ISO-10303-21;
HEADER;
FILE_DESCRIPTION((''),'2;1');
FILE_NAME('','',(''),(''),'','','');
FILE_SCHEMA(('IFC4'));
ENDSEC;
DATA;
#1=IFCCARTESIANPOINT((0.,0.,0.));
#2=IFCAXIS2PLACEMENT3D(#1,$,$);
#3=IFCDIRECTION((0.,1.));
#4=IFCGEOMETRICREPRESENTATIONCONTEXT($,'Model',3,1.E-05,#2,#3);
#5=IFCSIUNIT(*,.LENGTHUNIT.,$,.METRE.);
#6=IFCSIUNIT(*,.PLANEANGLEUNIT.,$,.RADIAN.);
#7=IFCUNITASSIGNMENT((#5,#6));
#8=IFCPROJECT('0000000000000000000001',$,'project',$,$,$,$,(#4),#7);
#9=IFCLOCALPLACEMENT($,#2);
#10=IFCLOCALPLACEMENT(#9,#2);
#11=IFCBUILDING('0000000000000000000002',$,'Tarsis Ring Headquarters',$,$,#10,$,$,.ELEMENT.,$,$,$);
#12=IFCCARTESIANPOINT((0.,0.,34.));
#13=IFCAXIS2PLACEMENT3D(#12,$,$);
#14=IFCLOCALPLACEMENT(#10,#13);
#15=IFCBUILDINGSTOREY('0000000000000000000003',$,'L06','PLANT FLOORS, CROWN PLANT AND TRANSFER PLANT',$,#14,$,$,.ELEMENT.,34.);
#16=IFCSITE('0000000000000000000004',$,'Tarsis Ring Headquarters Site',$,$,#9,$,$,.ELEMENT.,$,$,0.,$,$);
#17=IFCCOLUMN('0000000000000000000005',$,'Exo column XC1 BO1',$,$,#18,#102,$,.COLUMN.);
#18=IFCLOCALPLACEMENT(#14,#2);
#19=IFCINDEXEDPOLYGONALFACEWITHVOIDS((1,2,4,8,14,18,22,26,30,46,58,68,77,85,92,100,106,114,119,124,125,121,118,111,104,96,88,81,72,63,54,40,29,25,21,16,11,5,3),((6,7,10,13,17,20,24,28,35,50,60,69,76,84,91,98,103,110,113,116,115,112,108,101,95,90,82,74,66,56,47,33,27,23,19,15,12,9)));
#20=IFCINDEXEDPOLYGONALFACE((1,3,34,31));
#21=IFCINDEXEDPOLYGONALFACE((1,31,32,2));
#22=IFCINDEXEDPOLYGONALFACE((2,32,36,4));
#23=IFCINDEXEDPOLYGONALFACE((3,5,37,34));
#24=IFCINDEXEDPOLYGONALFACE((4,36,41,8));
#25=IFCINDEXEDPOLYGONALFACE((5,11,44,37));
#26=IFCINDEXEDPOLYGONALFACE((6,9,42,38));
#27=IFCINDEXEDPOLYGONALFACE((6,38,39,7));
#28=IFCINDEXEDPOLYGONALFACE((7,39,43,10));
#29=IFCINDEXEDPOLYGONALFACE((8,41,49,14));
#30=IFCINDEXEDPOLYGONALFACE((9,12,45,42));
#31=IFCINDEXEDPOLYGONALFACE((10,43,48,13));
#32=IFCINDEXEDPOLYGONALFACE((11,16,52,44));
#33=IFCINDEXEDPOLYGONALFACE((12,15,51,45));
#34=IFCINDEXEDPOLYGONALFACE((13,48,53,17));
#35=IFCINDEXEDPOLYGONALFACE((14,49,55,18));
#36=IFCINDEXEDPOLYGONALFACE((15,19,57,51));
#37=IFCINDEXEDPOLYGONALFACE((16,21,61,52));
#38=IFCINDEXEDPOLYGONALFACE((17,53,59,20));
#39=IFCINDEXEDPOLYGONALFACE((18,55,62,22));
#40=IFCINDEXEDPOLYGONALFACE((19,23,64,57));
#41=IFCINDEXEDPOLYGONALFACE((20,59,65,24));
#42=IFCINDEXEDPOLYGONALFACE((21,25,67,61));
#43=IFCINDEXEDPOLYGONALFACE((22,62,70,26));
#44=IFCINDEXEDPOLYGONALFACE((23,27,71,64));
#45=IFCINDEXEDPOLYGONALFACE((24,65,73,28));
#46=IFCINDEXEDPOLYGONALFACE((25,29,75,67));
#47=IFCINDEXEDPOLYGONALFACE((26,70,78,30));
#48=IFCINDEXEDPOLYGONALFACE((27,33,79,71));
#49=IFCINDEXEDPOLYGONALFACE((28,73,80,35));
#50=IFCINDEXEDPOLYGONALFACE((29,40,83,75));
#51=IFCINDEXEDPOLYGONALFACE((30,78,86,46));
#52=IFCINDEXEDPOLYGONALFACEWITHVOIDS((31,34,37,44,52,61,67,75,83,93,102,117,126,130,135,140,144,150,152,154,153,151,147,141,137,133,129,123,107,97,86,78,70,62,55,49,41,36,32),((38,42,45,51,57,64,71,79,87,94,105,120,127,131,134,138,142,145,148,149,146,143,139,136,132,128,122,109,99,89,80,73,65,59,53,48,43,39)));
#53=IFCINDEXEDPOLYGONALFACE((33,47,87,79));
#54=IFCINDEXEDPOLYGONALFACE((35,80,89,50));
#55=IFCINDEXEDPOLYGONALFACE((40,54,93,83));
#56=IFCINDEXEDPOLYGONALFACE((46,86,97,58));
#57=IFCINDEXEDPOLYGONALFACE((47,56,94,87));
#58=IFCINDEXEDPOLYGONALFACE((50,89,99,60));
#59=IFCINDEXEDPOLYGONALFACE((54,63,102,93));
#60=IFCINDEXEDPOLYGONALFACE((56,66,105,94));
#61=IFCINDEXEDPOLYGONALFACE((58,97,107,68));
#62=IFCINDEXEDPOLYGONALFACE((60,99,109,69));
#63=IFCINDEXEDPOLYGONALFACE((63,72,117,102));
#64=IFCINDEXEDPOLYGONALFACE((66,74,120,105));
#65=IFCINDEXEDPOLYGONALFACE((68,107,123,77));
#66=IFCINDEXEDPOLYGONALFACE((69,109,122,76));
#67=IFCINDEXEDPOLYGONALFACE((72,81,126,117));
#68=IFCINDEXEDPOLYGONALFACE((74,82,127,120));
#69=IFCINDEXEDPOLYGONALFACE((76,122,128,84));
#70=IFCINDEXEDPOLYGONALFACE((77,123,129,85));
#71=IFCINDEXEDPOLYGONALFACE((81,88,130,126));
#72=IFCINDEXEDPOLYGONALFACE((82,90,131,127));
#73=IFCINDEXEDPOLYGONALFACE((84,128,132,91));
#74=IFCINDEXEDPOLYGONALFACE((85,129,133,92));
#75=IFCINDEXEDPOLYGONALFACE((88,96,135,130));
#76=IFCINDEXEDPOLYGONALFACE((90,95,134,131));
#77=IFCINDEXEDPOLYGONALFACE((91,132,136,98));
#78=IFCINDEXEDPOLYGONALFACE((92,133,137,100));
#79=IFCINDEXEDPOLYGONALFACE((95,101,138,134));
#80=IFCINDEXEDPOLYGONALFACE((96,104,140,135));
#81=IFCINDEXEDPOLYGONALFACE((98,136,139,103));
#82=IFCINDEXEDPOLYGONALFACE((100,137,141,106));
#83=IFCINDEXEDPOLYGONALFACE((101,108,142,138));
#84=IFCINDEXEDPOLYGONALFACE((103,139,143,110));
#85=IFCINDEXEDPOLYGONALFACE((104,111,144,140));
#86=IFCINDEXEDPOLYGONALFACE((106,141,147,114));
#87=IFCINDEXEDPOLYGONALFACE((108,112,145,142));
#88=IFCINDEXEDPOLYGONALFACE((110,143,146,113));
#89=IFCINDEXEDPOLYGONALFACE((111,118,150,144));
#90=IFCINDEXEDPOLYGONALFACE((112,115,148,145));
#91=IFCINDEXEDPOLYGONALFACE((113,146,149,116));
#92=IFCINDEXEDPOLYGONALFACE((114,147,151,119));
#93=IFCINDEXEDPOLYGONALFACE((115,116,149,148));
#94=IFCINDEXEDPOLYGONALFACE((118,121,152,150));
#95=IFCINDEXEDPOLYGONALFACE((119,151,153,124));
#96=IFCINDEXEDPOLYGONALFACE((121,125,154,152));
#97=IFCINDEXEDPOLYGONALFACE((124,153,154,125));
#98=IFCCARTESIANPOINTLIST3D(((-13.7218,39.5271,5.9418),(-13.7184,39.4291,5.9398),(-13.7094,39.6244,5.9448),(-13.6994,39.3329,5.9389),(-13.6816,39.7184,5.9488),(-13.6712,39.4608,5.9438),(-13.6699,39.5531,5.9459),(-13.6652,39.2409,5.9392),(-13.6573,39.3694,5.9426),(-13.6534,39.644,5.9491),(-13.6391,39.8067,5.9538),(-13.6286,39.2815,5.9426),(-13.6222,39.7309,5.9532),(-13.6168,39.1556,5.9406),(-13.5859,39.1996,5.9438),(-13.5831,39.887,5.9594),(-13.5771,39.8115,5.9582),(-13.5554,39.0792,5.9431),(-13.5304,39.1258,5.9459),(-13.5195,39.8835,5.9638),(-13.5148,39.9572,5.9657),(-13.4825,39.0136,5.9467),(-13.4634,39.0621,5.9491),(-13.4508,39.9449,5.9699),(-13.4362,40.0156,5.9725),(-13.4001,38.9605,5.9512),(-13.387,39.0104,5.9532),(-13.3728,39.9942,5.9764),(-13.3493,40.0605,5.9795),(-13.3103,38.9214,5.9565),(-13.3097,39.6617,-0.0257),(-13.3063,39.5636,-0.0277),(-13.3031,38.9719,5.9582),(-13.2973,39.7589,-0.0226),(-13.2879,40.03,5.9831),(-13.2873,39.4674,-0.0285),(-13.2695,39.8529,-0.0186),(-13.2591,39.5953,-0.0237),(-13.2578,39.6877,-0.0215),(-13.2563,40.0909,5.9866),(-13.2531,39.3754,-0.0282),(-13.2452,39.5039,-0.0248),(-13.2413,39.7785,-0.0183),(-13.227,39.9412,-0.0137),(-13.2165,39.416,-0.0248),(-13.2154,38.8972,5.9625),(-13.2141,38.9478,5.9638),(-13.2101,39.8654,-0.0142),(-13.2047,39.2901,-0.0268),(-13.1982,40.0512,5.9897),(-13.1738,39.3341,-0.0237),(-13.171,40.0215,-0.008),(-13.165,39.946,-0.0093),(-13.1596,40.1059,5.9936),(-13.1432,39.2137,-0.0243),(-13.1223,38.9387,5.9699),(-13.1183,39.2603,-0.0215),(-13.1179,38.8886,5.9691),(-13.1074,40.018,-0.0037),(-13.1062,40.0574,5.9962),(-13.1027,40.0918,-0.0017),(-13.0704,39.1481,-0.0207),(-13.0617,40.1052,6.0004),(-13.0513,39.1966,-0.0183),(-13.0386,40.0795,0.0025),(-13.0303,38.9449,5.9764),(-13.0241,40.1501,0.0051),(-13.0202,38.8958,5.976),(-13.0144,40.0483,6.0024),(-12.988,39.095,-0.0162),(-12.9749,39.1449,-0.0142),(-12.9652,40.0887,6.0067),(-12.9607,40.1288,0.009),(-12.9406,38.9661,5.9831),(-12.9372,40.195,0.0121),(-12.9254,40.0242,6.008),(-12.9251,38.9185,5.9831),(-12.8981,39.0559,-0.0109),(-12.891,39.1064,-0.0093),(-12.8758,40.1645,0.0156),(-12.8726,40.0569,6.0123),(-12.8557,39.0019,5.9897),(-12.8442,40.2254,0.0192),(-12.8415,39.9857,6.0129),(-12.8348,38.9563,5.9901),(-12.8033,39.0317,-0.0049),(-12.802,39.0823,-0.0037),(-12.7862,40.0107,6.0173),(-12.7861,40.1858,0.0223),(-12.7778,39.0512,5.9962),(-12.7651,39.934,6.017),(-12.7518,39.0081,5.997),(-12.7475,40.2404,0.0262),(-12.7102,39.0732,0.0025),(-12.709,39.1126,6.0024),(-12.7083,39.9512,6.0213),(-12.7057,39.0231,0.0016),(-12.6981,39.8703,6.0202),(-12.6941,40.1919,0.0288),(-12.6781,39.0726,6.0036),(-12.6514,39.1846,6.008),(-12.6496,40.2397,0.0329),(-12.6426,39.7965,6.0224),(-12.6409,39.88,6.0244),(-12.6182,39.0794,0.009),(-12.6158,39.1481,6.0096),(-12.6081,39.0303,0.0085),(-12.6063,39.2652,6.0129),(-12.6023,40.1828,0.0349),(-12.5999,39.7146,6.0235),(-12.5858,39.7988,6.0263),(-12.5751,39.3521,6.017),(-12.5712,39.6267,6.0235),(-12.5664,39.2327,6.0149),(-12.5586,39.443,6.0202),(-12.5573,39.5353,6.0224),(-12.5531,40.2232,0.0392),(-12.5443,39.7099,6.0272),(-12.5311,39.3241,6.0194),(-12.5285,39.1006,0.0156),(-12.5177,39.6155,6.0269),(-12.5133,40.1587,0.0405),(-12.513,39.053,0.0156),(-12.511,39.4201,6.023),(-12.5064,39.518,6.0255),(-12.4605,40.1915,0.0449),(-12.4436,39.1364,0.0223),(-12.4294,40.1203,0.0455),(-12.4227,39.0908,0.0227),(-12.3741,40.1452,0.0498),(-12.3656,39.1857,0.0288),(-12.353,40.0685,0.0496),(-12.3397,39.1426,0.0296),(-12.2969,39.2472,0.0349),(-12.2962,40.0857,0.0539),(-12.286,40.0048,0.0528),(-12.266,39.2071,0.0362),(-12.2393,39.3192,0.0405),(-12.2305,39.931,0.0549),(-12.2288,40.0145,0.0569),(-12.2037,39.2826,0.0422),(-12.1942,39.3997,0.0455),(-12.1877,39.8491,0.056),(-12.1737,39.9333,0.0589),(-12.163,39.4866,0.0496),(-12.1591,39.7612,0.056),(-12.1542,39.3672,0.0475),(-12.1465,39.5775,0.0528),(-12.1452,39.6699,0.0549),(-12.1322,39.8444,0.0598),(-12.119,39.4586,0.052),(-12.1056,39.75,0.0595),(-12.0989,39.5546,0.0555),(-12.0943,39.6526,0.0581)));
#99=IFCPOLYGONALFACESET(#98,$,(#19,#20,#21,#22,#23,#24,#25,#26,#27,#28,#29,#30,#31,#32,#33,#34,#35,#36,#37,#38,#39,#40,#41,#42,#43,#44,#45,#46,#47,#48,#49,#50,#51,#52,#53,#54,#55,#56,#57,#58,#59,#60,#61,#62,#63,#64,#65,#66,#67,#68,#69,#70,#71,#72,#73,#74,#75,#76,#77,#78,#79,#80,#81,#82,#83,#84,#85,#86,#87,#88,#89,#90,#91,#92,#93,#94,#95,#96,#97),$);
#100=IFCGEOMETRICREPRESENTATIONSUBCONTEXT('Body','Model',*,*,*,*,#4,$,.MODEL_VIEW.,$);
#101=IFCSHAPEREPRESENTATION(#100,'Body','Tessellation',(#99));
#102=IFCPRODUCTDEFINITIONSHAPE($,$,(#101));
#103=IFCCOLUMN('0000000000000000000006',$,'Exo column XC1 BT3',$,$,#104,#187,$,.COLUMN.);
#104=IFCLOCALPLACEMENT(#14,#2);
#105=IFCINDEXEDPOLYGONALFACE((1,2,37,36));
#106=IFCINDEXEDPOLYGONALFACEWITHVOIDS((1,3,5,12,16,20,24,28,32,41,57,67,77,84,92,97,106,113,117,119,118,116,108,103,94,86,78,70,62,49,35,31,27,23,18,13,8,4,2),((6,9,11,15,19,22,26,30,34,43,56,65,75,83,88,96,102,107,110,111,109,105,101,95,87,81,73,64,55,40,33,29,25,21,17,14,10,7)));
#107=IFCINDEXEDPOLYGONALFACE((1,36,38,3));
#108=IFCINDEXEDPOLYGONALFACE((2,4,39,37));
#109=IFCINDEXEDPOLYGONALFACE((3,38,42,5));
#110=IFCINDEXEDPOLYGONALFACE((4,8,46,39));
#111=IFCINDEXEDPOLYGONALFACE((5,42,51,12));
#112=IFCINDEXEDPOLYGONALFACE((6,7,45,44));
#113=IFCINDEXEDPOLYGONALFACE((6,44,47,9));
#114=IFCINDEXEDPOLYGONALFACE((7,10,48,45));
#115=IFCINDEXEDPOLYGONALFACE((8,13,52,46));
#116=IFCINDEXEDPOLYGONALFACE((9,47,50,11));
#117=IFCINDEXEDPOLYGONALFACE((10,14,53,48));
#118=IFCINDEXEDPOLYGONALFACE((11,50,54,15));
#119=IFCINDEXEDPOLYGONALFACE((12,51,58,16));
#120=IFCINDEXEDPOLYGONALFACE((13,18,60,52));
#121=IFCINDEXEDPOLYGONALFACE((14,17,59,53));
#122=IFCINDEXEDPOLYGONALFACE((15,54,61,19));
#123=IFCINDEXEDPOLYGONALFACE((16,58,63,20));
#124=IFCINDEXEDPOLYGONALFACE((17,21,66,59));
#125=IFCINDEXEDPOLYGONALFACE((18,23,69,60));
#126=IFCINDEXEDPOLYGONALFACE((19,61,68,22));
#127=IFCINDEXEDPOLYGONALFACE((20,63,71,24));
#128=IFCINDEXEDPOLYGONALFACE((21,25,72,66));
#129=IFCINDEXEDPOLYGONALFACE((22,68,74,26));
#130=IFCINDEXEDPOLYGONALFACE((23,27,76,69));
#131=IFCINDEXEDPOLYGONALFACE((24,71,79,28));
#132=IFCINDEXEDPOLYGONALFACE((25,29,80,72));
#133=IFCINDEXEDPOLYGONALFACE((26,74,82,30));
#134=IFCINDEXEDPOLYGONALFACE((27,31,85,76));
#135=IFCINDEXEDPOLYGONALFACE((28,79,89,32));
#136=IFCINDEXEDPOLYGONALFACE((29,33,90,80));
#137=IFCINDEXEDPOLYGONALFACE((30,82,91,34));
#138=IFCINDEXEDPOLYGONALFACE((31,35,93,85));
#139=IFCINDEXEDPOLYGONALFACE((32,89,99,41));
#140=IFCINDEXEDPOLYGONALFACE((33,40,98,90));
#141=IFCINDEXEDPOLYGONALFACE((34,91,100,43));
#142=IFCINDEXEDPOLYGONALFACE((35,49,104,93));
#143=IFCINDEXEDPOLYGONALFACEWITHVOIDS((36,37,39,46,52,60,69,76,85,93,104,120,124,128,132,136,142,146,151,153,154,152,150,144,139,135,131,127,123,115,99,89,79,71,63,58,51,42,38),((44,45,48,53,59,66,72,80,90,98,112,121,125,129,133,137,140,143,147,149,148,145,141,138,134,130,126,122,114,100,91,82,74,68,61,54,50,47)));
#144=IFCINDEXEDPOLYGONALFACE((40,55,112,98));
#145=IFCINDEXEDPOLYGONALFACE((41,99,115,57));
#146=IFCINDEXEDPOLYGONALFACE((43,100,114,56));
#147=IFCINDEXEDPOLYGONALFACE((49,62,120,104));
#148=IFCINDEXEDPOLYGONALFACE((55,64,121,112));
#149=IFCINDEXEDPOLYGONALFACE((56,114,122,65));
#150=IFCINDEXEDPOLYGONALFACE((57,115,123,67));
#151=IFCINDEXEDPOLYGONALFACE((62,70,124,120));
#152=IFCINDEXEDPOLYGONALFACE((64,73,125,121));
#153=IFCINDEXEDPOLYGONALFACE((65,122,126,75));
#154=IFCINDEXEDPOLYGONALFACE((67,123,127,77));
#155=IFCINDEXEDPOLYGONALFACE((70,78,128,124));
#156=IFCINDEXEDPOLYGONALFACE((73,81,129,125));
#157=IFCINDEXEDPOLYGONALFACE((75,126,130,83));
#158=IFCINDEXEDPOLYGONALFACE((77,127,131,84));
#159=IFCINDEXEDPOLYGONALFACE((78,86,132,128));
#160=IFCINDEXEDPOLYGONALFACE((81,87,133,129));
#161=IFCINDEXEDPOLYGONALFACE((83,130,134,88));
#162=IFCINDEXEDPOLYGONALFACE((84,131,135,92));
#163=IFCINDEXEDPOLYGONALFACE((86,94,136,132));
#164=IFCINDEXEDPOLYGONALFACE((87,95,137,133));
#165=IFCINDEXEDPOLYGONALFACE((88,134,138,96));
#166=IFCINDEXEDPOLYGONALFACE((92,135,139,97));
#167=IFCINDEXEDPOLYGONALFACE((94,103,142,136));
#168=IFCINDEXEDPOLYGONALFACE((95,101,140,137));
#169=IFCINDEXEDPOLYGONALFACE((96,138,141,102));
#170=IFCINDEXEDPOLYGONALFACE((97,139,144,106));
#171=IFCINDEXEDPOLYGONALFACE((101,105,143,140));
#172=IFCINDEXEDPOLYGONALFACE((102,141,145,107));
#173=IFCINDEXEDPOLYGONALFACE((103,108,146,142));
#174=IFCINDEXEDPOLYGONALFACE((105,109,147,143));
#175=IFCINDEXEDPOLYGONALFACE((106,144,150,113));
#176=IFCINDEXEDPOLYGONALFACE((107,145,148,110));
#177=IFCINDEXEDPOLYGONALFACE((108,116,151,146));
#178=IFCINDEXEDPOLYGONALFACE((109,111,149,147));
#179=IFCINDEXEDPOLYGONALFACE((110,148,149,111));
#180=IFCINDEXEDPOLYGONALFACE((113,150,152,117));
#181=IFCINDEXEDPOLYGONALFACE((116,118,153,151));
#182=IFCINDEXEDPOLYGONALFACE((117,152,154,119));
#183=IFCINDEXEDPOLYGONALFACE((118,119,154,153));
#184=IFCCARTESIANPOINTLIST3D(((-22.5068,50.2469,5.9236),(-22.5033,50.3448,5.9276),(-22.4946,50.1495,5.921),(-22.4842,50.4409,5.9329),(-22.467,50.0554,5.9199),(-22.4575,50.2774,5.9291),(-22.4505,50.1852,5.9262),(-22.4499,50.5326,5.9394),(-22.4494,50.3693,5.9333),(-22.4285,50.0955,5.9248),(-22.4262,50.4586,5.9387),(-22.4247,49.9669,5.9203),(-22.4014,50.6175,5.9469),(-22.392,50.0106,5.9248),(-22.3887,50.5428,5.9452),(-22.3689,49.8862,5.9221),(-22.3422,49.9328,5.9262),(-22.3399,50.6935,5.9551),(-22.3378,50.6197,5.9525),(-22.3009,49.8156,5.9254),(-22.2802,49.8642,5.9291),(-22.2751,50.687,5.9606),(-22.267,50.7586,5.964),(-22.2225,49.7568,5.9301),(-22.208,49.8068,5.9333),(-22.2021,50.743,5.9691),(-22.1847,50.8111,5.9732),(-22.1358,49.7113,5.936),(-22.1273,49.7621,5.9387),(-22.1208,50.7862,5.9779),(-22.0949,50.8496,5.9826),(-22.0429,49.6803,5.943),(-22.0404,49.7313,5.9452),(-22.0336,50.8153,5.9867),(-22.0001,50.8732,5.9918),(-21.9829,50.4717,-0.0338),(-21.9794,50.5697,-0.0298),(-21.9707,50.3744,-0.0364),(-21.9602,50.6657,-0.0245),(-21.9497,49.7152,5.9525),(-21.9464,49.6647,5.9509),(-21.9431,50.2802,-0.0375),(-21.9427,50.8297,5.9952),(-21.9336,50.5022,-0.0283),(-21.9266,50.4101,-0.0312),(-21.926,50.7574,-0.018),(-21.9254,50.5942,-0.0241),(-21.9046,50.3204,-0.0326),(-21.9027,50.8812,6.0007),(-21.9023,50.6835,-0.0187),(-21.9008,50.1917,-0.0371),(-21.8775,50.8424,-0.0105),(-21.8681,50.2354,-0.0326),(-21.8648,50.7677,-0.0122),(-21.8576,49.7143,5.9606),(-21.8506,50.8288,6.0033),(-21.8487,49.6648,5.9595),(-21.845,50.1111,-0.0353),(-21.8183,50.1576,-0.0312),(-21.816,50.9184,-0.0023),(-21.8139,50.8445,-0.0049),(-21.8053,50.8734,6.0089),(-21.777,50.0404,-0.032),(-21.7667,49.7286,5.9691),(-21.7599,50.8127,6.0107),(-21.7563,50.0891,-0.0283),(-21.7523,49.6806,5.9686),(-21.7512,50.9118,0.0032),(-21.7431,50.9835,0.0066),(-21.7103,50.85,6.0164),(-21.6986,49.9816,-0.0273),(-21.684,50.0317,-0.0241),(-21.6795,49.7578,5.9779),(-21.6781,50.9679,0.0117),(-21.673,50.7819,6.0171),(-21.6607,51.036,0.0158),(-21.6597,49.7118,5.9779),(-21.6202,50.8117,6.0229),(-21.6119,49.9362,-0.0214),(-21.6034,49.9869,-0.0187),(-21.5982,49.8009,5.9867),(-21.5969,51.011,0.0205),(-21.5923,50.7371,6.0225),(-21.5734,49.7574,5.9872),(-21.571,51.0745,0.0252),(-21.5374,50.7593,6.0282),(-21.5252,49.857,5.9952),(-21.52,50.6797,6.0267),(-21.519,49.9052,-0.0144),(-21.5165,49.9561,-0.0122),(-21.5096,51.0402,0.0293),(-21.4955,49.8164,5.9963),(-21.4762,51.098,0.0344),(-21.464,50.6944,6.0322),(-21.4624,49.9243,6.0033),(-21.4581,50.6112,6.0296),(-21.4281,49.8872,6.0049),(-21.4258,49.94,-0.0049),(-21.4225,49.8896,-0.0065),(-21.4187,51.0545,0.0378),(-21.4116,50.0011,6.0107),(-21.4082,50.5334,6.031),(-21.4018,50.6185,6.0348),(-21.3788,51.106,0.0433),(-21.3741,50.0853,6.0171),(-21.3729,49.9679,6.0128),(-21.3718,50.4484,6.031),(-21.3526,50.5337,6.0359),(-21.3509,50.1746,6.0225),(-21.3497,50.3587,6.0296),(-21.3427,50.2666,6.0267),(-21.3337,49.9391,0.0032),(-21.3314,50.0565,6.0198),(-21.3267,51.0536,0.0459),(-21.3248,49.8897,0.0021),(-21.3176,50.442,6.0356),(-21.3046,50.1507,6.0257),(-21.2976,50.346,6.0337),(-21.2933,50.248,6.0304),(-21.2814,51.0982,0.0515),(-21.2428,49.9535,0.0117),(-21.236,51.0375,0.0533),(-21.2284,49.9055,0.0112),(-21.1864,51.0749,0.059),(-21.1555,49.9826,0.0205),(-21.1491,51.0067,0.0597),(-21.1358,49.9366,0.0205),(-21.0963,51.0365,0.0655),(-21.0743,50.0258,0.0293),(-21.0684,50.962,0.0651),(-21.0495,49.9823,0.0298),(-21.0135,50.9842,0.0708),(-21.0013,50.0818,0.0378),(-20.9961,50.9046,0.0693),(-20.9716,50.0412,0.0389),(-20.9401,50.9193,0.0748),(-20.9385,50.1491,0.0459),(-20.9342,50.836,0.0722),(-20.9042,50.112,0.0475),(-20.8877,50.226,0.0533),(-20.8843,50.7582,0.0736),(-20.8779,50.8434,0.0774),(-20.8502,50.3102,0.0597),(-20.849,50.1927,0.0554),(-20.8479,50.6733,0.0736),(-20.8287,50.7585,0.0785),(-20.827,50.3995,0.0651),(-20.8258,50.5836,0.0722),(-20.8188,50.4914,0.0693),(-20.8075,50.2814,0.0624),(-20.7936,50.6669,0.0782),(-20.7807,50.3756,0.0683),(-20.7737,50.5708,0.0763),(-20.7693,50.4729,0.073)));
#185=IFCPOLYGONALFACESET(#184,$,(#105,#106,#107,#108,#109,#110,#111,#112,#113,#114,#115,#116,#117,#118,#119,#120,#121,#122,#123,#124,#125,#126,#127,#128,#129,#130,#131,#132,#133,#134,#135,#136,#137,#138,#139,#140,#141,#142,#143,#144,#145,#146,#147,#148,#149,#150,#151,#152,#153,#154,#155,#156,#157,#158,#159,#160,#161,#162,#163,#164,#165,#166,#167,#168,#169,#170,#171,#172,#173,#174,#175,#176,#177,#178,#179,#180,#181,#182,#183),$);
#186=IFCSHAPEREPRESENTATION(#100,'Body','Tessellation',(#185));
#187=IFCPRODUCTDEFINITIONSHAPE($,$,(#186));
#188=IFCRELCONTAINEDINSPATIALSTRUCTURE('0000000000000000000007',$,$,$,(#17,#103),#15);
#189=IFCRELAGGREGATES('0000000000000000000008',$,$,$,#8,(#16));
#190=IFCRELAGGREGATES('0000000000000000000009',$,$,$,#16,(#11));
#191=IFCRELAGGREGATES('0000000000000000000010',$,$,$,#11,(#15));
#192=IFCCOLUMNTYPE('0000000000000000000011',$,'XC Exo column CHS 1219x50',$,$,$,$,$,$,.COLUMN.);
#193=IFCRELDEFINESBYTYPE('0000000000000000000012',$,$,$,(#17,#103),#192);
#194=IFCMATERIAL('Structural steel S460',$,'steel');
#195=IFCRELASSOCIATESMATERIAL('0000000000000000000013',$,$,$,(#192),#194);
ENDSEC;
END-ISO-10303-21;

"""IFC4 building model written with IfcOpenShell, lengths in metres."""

from ifc_helpers import new_model, si_unit, direction, frame, origin, origin_2d, place, context, subcontext, project, spatial, hollow_circle, extrude, material, material_profile, profile_set, type_object, element, save


model = new_model("IFC4")

# Units and contexts
model_context = context("Model", 3, precision=1e-05, world=origin(), true_north=direction((0.0, 1.0)))
body_context = subcontext(model_context, "Body", "Model", "MODEL_VIEW")
ifc_project = project(units=[si_unit("LENGTHUNIT", "METRE"), si_unit("PLANEANGLEUNIT", "RADIAN")], contexts=[model_context])

# Site, building, storey
site_placement = place(None, origin())
site = spatial("IfcSite", under=ifc_project, at=site_placement, Name="Tarsis Ring Headquarters Site", CompositionType="ELEMENT", RefElevation=0.0)
building_placement = place(site_placement, origin())
building = spatial("IfcBuilding", under=site, at=building_placement, Name="Tarsis Ring Headquarters", CompositionType="ELEMENT")
storey_placement = place(building_placement, frame((0.0, 0.0, 34.0)))
storey = spatial("IfcBuildingStorey", under=building, at=storey_placement, Name="L06", Description="PLANT FLOORS, CROWN PLANT AND TRANSFER PLANT", CompositionType="ELEMENT", Elevation=34.0)

# Columns
ifc_material_1 = material(Name="Structural steel S460", Category="steel")
ifc_material_profile_1 = material_profile(ifc_material_1, hollow_circle(Radius=0.6096, WallThickness=0.05, at=origin_2d()), Name="CHS 1219x50")
ifc_profile_set_1 = profile_set([ifc_material_profile_1], Name="Structural steel S460")
column_type = type_object("IfcColumnType", Name="XC Exo column CHS 1219x50", PredefinedType="COLUMN", material=ifc_profile_set_1)
column_1_placement = place(storey_placement, frame((-12.7021, 39.6326, 0.0156), z_axis=(-0.068877, -0.022483, 0.997372), x_axis=(0.310308, -0.950636, 0.0)))
element("IfcColumn", 1, at=column_1_placement, inside=storey, type_object=column_type, Name="Exo column XC1 BO1", PredefinedType="COLUMN", context=body_context, shape_type="SweptSolid", body=[
    extrude(hollow_circle(Radius=0.6096, WallThickness=0.05, at=origin_2d()), origin(), (0.0, 0.0, 1.0), 5.9832),
])
column_2_placement = place(storey_placement, frame((-21.3762, 50.4968, 0.0205), z_axis=(-0.087544, -0.037571, 0.995452), x_axis=(0.394384, -0.918946, 0.0)))
element("IfcColumn", 2, at=column_2_placement, inside=storey, type_object=column_type, Name="Exo column XC1 BT3", PredefinedType="COLUMN", context=body_context, shape_type="SweptSolid", body=[
    extrude(hollow_circle(Radius=0.6096, WallThickness=0.05, at=origin_2d()), origin(), (0.0, 0.0, 1.0), 5.9846),
])

save(model, "model.ifc")
